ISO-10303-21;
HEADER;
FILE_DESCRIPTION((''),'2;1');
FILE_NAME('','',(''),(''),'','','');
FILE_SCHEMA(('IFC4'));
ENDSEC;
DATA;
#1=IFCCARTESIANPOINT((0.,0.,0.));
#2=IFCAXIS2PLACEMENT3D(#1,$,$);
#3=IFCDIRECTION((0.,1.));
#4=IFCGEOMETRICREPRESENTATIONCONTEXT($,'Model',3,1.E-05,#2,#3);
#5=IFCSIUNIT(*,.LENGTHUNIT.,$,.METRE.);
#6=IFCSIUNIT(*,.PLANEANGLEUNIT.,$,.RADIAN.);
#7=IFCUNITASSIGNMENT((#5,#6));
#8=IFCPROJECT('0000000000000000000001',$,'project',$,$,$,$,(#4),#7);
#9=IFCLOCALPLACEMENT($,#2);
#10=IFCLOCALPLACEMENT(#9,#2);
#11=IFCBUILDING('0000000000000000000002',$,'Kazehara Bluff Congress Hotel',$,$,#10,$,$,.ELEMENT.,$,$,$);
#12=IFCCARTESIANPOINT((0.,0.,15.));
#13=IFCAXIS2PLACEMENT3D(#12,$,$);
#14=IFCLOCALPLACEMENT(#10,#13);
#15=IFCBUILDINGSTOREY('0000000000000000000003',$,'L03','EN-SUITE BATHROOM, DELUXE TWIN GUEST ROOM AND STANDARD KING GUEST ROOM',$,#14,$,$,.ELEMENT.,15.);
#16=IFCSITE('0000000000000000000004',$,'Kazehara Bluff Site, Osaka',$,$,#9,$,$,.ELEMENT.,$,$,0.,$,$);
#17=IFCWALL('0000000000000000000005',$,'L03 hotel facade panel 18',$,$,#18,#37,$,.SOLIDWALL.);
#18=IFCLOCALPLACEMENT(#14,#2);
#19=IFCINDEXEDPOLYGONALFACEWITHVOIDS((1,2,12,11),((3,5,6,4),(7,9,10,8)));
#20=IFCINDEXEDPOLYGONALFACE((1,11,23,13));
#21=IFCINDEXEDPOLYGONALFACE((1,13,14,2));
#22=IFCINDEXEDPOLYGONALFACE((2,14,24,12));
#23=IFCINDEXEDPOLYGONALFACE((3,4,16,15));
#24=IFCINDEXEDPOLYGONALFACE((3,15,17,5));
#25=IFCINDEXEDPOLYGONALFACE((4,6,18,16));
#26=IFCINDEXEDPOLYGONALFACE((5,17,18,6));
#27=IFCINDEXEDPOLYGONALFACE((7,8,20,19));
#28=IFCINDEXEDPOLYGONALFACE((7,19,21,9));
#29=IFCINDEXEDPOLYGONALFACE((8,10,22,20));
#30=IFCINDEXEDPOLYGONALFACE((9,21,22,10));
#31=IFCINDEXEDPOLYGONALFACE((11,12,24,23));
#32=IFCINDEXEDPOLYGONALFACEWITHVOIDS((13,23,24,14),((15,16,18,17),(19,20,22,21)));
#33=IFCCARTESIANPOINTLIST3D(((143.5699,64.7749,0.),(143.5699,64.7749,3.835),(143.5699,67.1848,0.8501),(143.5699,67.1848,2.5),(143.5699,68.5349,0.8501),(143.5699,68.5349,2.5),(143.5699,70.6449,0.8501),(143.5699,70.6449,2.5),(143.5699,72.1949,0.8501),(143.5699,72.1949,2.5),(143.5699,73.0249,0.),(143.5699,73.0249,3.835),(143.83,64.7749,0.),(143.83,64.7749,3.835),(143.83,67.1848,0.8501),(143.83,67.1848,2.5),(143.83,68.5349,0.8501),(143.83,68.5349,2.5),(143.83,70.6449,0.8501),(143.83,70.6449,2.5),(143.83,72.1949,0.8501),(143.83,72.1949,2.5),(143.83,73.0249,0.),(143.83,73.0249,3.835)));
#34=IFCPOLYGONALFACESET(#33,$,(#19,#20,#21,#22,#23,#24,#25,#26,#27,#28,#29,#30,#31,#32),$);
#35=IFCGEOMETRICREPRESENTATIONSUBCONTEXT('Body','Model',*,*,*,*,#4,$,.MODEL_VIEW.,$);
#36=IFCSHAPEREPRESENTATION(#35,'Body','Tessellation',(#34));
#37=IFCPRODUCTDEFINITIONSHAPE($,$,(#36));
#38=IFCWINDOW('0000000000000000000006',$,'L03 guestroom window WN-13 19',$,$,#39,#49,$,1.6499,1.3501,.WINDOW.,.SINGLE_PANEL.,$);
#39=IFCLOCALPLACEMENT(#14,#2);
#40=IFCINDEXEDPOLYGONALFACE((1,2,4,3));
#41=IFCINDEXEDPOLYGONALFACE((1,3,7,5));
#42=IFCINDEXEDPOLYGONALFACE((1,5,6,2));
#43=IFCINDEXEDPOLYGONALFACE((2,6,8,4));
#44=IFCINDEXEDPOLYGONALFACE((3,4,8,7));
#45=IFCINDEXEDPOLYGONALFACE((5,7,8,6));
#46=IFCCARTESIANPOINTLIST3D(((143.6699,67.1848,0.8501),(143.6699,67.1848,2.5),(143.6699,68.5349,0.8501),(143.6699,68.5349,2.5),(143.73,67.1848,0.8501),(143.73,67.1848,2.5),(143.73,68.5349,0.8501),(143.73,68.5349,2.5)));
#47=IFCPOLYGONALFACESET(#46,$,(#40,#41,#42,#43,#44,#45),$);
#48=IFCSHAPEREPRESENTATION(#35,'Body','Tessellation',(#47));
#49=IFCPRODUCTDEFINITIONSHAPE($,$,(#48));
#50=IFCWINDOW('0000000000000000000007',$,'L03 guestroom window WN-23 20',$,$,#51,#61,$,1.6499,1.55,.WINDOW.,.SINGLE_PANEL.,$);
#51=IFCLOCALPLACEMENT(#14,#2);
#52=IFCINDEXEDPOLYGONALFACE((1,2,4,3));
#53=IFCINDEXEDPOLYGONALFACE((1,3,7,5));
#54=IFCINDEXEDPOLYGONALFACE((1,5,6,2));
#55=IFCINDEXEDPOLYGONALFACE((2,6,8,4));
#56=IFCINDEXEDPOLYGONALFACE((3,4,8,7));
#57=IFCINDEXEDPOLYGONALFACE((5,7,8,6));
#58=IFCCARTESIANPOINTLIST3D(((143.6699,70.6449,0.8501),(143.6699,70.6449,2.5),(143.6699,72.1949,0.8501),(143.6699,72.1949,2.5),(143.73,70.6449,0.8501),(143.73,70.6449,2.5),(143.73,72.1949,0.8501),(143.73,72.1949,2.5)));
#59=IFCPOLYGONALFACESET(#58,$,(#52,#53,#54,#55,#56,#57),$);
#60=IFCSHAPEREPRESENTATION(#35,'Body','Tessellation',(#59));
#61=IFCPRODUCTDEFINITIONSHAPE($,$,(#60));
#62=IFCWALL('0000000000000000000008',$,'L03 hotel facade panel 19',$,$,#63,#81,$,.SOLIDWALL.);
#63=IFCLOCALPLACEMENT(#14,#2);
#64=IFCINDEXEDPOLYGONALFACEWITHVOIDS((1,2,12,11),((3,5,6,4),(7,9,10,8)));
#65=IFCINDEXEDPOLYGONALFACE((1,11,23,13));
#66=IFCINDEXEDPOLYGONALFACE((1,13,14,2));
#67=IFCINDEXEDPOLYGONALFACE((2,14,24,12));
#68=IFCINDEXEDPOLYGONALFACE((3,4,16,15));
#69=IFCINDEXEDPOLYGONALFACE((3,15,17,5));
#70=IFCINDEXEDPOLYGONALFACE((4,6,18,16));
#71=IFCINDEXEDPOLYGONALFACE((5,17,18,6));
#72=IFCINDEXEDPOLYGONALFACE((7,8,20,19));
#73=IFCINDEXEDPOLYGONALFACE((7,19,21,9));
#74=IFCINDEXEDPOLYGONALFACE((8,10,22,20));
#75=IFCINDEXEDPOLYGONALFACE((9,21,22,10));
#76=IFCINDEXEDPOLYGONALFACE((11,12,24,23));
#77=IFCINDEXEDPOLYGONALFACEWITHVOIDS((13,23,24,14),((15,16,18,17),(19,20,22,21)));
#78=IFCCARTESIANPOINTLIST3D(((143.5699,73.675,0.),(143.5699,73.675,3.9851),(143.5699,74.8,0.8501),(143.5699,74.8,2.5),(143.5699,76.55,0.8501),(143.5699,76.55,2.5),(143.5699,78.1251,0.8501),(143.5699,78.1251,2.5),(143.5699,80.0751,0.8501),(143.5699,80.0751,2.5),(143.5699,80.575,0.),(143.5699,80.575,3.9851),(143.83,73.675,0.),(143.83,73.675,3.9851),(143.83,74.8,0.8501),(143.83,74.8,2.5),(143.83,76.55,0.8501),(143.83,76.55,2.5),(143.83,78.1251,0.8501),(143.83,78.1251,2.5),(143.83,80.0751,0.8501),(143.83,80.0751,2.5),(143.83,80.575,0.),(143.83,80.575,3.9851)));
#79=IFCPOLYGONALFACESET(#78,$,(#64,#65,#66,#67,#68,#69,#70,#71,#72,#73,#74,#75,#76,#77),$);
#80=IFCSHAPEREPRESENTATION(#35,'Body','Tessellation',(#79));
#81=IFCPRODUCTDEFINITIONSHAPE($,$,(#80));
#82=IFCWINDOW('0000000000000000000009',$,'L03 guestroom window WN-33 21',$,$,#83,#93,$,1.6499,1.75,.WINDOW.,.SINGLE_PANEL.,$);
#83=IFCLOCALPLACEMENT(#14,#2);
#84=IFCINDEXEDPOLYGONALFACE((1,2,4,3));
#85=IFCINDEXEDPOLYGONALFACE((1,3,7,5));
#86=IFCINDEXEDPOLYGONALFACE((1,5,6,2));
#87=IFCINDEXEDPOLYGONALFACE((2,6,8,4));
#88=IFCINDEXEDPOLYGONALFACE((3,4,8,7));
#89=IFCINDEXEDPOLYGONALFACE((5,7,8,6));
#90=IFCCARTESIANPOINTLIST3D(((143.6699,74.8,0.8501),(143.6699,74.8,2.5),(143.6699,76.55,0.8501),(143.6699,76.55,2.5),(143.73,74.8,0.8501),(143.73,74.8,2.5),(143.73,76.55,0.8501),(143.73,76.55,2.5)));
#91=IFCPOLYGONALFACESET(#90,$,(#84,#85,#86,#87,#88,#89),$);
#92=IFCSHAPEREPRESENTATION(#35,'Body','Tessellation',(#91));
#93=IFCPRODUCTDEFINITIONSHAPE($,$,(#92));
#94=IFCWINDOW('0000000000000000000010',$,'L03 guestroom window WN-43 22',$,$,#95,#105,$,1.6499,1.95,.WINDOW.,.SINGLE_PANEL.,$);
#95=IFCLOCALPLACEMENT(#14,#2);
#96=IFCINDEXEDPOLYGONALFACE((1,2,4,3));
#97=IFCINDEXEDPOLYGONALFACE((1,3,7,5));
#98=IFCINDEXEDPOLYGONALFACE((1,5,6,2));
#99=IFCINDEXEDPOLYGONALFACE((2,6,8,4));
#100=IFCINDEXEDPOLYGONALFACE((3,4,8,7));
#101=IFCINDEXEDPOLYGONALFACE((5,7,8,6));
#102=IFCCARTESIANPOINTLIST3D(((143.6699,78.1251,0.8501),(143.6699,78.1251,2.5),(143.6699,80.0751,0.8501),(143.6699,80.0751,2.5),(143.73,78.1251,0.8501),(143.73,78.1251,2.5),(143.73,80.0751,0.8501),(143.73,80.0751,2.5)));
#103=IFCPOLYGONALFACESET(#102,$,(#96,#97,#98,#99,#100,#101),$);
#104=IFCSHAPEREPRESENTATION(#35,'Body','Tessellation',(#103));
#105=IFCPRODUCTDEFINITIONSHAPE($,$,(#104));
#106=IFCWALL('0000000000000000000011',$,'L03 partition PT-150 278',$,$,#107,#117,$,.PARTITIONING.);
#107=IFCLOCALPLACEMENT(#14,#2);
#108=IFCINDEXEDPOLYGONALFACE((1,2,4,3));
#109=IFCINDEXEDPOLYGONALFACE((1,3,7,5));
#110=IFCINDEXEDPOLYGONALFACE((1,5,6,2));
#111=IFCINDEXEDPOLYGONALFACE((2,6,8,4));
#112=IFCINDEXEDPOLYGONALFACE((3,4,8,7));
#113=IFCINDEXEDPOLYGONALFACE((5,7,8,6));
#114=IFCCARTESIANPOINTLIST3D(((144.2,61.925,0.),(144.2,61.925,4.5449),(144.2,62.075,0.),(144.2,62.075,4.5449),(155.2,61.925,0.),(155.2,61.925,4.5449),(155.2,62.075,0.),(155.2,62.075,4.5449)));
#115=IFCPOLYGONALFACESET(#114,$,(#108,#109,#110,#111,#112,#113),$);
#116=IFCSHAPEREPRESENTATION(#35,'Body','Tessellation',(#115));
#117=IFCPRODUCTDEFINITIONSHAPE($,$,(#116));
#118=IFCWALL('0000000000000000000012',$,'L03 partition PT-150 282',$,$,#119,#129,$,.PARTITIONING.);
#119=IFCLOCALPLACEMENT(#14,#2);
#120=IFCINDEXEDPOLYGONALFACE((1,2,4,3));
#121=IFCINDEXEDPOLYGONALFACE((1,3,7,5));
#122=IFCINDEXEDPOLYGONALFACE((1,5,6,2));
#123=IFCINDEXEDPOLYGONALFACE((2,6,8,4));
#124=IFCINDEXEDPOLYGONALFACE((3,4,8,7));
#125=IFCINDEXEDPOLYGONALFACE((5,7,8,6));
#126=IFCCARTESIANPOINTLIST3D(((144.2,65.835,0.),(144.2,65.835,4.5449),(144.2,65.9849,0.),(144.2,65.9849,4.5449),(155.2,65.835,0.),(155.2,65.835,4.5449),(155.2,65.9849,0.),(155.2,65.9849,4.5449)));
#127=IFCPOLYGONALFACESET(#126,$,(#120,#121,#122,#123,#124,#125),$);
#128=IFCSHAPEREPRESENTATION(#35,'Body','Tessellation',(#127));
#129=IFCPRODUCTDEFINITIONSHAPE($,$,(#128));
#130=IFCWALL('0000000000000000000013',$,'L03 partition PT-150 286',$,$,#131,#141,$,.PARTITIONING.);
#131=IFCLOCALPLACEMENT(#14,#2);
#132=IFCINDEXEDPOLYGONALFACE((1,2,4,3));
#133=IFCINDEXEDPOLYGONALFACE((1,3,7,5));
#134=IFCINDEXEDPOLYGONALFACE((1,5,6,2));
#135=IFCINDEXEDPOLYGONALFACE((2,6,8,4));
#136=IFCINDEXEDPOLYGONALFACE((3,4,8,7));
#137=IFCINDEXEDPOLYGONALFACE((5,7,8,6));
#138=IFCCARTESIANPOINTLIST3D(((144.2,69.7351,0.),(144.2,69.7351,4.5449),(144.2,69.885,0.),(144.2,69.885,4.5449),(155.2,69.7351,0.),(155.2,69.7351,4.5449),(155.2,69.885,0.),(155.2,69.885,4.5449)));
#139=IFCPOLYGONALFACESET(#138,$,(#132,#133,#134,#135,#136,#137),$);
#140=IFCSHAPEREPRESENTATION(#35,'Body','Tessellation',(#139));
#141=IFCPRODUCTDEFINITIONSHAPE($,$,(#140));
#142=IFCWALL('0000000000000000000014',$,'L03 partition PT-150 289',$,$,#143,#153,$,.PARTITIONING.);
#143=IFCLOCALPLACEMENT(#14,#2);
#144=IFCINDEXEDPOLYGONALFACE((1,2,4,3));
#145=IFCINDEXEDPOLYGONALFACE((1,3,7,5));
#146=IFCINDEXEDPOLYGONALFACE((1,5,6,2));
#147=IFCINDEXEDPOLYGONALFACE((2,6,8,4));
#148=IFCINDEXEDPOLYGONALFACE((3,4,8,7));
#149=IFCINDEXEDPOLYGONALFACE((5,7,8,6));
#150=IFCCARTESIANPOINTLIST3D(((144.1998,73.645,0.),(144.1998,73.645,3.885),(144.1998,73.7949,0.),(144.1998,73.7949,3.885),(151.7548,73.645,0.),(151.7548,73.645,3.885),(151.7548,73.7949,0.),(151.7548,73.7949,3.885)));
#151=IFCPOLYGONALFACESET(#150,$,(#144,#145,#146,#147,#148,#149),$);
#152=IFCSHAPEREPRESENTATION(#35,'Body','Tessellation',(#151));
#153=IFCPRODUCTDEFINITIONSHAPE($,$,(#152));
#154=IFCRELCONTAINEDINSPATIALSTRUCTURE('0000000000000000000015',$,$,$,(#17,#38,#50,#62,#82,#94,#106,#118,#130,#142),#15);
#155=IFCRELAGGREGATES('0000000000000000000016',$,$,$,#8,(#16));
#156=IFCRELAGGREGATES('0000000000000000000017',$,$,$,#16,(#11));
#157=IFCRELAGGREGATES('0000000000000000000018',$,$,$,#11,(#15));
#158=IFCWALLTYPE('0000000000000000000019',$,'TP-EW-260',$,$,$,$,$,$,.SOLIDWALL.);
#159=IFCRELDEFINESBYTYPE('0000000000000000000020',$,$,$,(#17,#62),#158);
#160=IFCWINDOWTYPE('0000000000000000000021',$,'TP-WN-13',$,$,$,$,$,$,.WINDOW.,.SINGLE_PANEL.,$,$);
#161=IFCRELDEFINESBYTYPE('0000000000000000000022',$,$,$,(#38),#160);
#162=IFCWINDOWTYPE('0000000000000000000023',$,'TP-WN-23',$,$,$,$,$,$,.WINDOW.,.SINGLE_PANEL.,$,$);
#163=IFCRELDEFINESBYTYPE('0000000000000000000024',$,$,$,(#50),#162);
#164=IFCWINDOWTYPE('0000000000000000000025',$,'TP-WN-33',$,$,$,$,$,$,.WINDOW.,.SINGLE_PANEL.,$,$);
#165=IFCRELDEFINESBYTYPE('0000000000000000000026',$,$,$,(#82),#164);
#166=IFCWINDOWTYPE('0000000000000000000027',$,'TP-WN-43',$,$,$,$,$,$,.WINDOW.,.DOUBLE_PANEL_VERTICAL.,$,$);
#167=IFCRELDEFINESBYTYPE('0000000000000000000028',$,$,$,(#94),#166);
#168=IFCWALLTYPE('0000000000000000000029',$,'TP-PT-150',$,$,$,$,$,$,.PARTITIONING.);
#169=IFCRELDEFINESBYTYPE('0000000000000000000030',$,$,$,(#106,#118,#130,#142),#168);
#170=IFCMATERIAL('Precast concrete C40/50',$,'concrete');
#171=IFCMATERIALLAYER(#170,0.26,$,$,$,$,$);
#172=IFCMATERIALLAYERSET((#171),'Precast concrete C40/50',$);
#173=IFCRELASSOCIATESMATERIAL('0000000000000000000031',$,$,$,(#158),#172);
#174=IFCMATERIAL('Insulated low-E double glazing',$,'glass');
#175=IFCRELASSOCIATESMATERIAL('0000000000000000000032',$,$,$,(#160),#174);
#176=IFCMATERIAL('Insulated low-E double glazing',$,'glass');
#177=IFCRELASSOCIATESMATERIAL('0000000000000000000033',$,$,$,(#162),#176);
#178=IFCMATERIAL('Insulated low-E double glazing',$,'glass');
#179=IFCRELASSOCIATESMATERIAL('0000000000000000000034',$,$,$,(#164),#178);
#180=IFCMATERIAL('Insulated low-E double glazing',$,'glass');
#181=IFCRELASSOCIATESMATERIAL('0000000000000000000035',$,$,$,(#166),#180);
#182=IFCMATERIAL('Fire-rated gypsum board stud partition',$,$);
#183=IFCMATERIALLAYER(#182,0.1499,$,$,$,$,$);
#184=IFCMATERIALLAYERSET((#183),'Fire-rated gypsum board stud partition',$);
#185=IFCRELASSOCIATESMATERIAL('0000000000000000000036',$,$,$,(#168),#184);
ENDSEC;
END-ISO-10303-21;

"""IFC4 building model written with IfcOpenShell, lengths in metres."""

from ifc_helpers import new_model, si_unit, direction, frame, frame_2d, origin, place, context, subcontext, project, spatial, rectangle, extrude, material, layer, layer_set, type_object, element, fill, save


model = new_model("IFC4")

# Units and contexts
model_context = context("Model", 3, precision=1e-05, world=origin(), true_north=direction((0.0, 1.0)))
body_context = subcontext(model_context, "Body", "Model", "MODEL_VIEW")
ifc_project = project(units=[si_unit("LENGTHUNIT", "METRE"), si_unit("PLANEANGLEUNIT", "RADIAN")], contexts=[model_context])

# Site, building, storey
site_placement = place(None, origin())
site = spatial("IfcSite", under=ifc_project, at=site_placement, Name="Kazehara Bluff Site, Osaka", CompositionType="ELEMENT", RefElevation=0.0)
building_placement = place(site_placement, origin())
building = spatial("IfcBuilding", under=site, at=building_placement, Name="Kazehara Bluff Congress Hotel", CompositionType="ELEMENT")
storey_placement = place(building_placement, frame((0.0, 0.0, 15.0)))
storey = spatial("IfcBuildingStorey", under=building, at=storey_placement, Name="L03", Description="EN-SUITE BATHROOM, DELUXE TWIN GUEST ROOM AND STANDARD KING GUEST ROOM", CompositionType="ELEMENT", Elevation=15.0)

# Shared definitions
ifc_material_1 = material(Name="Precast concrete C40/50", Category="concrete")
ifc_layer_1 = layer(ifc_material_1, 0.26)
ifc_layer_set_1 = layer_set([ifc_layer_1], Name="Precast concrete C40/50")
wall_type_1 = type_object("IfcWallType", Name="TP-EW-260", PredefinedType="SOLIDWALL", material=ifc_layer_set_1)

# Walls, openings, windows
wall_1_placement = place(storey_placement, frame((143.7, 64.7749, 0.0), z_axis=(0.0, 0.0, 1.0), x_axis=(0.0, 1.0, 0.0)))
wall_1 = element("IfcWall", 1, at=wall_1_placement, inside=storey, type_object=wall_type_1, Name="L03 hotel facade panel 18", PredefinedType="SOLIDWALL", context=body_context, shape_type="SweptSolid", body=[
    extrude(rectangle(XDim=8.25, YDim=0.26, at=frame_2d((4.125, 0.0))), origin(), (0.0, 0.0, 1.0), 3.835),
])
opening_1_placement = place(wall_1_placement, frame((2.4099, 0.0, 0.8501)))
opening_1 = element("IfcOpeningElement", 2, at=opening_1_placement, cuts=wall_1, PredefinedType="OPENING", context=body_context, shape_type="SweptSolid", body=[
    extrude(rectangle(XDim=1.3501, YDim=1.6499, at=frame_2d((0.675, 0.825))), frame((0.0, 0.1399, 0.0), z_axis=(0.0, -1.0, 0.0), x_axis=(1.0, 0.0, 0.0)), (0.0, 0.0, 1.0), 0.28),
])
opening_2_placement = place(wall_1_placement, frame((5.8701, 0.0, 0.8501)))
opening_2 = element("IfcOpeningElement", 3, at=opening_2_placement, cuts=wall_1, PredefinedType="OPENING", context=body_context, shape_type="SweptSolid", body=[
    extrude(rectangle(XDim=1.55, YDim=1.6499, at=frame_2d((0.7749, 0.825))), frame((0.0, 0.1399, 0.0), z_axis=(0.0, -1.0, 0.0), x_axis=(1.0, 0.0, 0.0)), (0.0, 0.0, 1.0), 0.28),
])
ifc_material_2 = material(Name="Insulated low-E double glazing", Category="glass")
window_type_1 = type_object("IfcWindowType", Name="TP-WN-13", PartitioningType="SINGLE_PANEL", PredefinedType="WINDOW", material=ifc_material_2)
window_1_placement = place(opening_1_placement, origin())
window_1 = element("IfcWindow", 4, at=window_1_placement, inside=storey, type_object=window_type_1, Name="L03 guestroom window WN-13 19", OverallHeight=1.6499, OverallWidth=1.3501, PartitioningType="SINGLE_PANEL", PredefinedType="WINDOW", context=body_context, shape_type="SweptSolid", body=[
    extrude(rectangle(XDim=1.3501, YDim=1.6499, at=frame_2d((0.675, 0.825))), frame((0.0, 0.03, 0.0), z_axis=(0.0, -1.0, 0.0), x_axis=(1.0, 0.0, 0.0)), (0.0, 0.0, 1.0), 0.0601),
])
fill(opening_1, window_1)
ifc_material_3 = material(Name="Insulated low-E double glazing", Category="glass")
window_type_2 = type_object("IfcWindowType", Name="TP-WN-23", PartitioningType="SINGLE_PANEL", PredefinedType="WINDOW", material=ifc_material_3)
window_2_placement = place(opening_2_placement, origin())
window_2 = element("IfcWindow", 5, at=window_2_placement, inside=storey, type_object=window_type_2, Name="L03 guestroom window WN-23 20", OverallHeight=1.6499, OverallWidth=1.55, PartitioningType="SINGLE_PANEL", PredefinedType="WINDOW", context=body_context, shape_type="SweptSolid", body=[
    extrude(rectangle(XDim=1.55, YDim=1.6499, at=frame_2d((0.7749, 0.825))), frame((0.0, 0.03, 0.0), z_axis=(0.0, -1.0, 0.0), x_axis=(1.0, 0.0, 0.0)), (0.0, 0.0, 1.0), 0.0601),
])
fill(opening_2, window_2)
wall_2_placement = place(storey_placement, frame((143.7, 73.675, 0.0), z_axis=(0.0, 0.0, 1.0), x_axis=(0.0, 1.0, 0.0)))
wall_2 = element("IfcWall", 6, at=wall_2_placement, inside=storey, type_object=wall_type_1, Name="L03 hotel facade panel 19", PredefinedType="SOLIDWALL", context=body_context, shape_type="SweptSolid", body=[
    extrude(rectangle(XDim=6.8999, YDim=0.26, at=frame_2d((3.45, 0.0))), origin(), (0.0, 0.0, 1.0), 3.9851),
])
opening_3_placement = place(wall_2_placement, frame((1.125, 0.0, 0.8501)))
opening_3 = element("IfcOpeningElement", 7, at=opening_3_placement, cuts=wall_2, PredefinedType="OPENING", context=body_context, shape_type="SweptSolid", body=[
    extrude(rectangle(XDim=1.75, YDim=1.6499, at=frame_2d((0.875, 0.825))), frame((0.0, 0.1399, 0.0), z_axis=(0.0, -1.0, 0.0), x_axis=(1.0, 0.0, 0.0)), (0.0, 0.0, 1.0), 0.28),
])
opening_4_placement = place(wall_2_placement, frame((4.45, 0.0, 0.8501)))
opening_4 = element("IfcOpeningElement", 8, at=opening_4_placement, cuts=wall_2, PredefinedType="OPENING", context=body_context, shape_type="SweptSolid", body=[
    extrude(rectangle(XDim=1.95, YDim=1.6499, at=frame_2d((0.9751, 0.825))), frame((0.0, 0.1399, 0.0), z_axis=(0.0, -1.0, 0.0), x_axis=(1.0, 0.0, 0.0)), (0.0, 0.0, 1.0), 0.28),
])
ifc_material_4 = material(Name="Insulated low-E double glazing", Category="glass")
window_type_3 = type_object("IfcWindowType", Name="TP-WN-33", PartitioningType="SINGLE_PANEL", PredefinedType="WINDOW", material=ifc_material_4)
window_3_placement = place(opening_3_placement, origin())
window_3 = element("IfcWindow", 9, at=window_3_placement, inside=storey, type_object=window_type_3, Name="L03 guestroom window WN-33 21", OverallHeight=1.6499, OverallWidth=1.75, PartitioningType="SINGLE_PANEL", PredefinedType="WINDOW", context=body_context, shape_type="SweptSolid", body=[
    extrude(rectangle(XDim=1.75, YDim=1.6499, at=frame_2d((0.875, 0.825))), frame((0.0, 0.03, 0.0), z_axis=(0.0, -1.0, 0.0), x_axis=(1.0, 0.0, 0.0)), (0.0, 0.0, 1.0), 0.0601),
])
fill(opening_3, window_3)
ifc_material_5 = material(Name="Insulated low-E double glazing", Category="glass")
window_type_4 = type_object("IfcWindowType", Name="TP-WN-43", PartitioningType="DOUBLE_PANEL_VERTICAL", PredefinedType="WINDOW", material=ifc_material_5)
window_4_placement = place(opening_4_placement, origin())
window_4 = element("IfcWindow", 10, at=window_4_placement, inside=storey, type_object=window_type_4, Name="L03 guestroom window WN-43 22", OverallHeight=1.6499, OverallWidth=1.95, PartitioningType="SINGLE_PANEL", PredefinedType="WINDOW", context=body_context, shape_type="SweptSolid", body=[
    extrude(rectangle(XDim=1.95, YDim=1.6499, at=frame_2d((0.9751, 0.825))), frame((0.0, 0.03, 0.0), z_axis=(0.0, -1.0, 0.0), x_axis=(1.0, 0.0, 0.0)), (0.0, 0.0, 1.0), 0.0601),
])
fill(opening_4, window_4)

# Walls
ifc_material_6 = material(Name="Fire-rated gypsum board stud partition")
ifc_layer_2 = layer(ifc_material_6, 0.1499)
ifc_layer_set_2 = layer_set([ifc_layer_2], Name="Fire-rated gypsum board stud partition")
wall_type_2 = type_object("IfcWallType", Name="TP-PT-150", PredefinedType="PARTITIONING", material=ifc_layer_set_2)
for number, where, z_axis, x_axis, name in (
    (11, (144.2, 62.0, 0.0), (0.0, 0.0, 1.0), (1.0, 0.0, 0.0), "L03 partition PT-150 278"),
    (12, (144.2, 65.9099, 0.0), (0.0, 0.0, 1.0), (1.0, 0.0, 0.0), "L03 partition PT-150 282"),
    (13, (144.2, 69.8101, 0.0), (0.0, 0.0, 1.0), (1.0, 0.0, 0.0), "L03 partition PT-150 286"),
):
    element("IfcWall", number, at=place(storey_placement, frame(where, z_axis=z_axis, x_axis=x_axis)), inside=storey, type_object=wall_type_2, Name=name, PredefinedType="PARTITIONING", context=body_context, shape_type="SweptSolid", body=[
        extrude(rectangle(XDim=11.0, YDim=0.1499, at=frame_2d((5.5, 0.0))), origin(), (0.0, 0.0, 1.0), 4.5449),
    ])
wall_3_placement = place(storey_placement, frame((144.2, 73.72, 0.0), z_axis=(0.0, 0.0, 1.0), x_axis=(1.0, 0.0, 0.0)))
element("IfcWall", 14, at=wall_3_placement, inside=storey, type_object=wall_type_2, Name="L03 partition PT-150 289", PredefinedType="PARTITIONING", context=body_context, shape_type="SweptSolid", body=[
    extrude(rectangle(XDim=7.5549, YDim=0.1499, at=frame_2d((3.7773, 0.0))), origin(), (0.0, 0.0, 1.0), 3.885),
])

save(model, "model.ifc")
